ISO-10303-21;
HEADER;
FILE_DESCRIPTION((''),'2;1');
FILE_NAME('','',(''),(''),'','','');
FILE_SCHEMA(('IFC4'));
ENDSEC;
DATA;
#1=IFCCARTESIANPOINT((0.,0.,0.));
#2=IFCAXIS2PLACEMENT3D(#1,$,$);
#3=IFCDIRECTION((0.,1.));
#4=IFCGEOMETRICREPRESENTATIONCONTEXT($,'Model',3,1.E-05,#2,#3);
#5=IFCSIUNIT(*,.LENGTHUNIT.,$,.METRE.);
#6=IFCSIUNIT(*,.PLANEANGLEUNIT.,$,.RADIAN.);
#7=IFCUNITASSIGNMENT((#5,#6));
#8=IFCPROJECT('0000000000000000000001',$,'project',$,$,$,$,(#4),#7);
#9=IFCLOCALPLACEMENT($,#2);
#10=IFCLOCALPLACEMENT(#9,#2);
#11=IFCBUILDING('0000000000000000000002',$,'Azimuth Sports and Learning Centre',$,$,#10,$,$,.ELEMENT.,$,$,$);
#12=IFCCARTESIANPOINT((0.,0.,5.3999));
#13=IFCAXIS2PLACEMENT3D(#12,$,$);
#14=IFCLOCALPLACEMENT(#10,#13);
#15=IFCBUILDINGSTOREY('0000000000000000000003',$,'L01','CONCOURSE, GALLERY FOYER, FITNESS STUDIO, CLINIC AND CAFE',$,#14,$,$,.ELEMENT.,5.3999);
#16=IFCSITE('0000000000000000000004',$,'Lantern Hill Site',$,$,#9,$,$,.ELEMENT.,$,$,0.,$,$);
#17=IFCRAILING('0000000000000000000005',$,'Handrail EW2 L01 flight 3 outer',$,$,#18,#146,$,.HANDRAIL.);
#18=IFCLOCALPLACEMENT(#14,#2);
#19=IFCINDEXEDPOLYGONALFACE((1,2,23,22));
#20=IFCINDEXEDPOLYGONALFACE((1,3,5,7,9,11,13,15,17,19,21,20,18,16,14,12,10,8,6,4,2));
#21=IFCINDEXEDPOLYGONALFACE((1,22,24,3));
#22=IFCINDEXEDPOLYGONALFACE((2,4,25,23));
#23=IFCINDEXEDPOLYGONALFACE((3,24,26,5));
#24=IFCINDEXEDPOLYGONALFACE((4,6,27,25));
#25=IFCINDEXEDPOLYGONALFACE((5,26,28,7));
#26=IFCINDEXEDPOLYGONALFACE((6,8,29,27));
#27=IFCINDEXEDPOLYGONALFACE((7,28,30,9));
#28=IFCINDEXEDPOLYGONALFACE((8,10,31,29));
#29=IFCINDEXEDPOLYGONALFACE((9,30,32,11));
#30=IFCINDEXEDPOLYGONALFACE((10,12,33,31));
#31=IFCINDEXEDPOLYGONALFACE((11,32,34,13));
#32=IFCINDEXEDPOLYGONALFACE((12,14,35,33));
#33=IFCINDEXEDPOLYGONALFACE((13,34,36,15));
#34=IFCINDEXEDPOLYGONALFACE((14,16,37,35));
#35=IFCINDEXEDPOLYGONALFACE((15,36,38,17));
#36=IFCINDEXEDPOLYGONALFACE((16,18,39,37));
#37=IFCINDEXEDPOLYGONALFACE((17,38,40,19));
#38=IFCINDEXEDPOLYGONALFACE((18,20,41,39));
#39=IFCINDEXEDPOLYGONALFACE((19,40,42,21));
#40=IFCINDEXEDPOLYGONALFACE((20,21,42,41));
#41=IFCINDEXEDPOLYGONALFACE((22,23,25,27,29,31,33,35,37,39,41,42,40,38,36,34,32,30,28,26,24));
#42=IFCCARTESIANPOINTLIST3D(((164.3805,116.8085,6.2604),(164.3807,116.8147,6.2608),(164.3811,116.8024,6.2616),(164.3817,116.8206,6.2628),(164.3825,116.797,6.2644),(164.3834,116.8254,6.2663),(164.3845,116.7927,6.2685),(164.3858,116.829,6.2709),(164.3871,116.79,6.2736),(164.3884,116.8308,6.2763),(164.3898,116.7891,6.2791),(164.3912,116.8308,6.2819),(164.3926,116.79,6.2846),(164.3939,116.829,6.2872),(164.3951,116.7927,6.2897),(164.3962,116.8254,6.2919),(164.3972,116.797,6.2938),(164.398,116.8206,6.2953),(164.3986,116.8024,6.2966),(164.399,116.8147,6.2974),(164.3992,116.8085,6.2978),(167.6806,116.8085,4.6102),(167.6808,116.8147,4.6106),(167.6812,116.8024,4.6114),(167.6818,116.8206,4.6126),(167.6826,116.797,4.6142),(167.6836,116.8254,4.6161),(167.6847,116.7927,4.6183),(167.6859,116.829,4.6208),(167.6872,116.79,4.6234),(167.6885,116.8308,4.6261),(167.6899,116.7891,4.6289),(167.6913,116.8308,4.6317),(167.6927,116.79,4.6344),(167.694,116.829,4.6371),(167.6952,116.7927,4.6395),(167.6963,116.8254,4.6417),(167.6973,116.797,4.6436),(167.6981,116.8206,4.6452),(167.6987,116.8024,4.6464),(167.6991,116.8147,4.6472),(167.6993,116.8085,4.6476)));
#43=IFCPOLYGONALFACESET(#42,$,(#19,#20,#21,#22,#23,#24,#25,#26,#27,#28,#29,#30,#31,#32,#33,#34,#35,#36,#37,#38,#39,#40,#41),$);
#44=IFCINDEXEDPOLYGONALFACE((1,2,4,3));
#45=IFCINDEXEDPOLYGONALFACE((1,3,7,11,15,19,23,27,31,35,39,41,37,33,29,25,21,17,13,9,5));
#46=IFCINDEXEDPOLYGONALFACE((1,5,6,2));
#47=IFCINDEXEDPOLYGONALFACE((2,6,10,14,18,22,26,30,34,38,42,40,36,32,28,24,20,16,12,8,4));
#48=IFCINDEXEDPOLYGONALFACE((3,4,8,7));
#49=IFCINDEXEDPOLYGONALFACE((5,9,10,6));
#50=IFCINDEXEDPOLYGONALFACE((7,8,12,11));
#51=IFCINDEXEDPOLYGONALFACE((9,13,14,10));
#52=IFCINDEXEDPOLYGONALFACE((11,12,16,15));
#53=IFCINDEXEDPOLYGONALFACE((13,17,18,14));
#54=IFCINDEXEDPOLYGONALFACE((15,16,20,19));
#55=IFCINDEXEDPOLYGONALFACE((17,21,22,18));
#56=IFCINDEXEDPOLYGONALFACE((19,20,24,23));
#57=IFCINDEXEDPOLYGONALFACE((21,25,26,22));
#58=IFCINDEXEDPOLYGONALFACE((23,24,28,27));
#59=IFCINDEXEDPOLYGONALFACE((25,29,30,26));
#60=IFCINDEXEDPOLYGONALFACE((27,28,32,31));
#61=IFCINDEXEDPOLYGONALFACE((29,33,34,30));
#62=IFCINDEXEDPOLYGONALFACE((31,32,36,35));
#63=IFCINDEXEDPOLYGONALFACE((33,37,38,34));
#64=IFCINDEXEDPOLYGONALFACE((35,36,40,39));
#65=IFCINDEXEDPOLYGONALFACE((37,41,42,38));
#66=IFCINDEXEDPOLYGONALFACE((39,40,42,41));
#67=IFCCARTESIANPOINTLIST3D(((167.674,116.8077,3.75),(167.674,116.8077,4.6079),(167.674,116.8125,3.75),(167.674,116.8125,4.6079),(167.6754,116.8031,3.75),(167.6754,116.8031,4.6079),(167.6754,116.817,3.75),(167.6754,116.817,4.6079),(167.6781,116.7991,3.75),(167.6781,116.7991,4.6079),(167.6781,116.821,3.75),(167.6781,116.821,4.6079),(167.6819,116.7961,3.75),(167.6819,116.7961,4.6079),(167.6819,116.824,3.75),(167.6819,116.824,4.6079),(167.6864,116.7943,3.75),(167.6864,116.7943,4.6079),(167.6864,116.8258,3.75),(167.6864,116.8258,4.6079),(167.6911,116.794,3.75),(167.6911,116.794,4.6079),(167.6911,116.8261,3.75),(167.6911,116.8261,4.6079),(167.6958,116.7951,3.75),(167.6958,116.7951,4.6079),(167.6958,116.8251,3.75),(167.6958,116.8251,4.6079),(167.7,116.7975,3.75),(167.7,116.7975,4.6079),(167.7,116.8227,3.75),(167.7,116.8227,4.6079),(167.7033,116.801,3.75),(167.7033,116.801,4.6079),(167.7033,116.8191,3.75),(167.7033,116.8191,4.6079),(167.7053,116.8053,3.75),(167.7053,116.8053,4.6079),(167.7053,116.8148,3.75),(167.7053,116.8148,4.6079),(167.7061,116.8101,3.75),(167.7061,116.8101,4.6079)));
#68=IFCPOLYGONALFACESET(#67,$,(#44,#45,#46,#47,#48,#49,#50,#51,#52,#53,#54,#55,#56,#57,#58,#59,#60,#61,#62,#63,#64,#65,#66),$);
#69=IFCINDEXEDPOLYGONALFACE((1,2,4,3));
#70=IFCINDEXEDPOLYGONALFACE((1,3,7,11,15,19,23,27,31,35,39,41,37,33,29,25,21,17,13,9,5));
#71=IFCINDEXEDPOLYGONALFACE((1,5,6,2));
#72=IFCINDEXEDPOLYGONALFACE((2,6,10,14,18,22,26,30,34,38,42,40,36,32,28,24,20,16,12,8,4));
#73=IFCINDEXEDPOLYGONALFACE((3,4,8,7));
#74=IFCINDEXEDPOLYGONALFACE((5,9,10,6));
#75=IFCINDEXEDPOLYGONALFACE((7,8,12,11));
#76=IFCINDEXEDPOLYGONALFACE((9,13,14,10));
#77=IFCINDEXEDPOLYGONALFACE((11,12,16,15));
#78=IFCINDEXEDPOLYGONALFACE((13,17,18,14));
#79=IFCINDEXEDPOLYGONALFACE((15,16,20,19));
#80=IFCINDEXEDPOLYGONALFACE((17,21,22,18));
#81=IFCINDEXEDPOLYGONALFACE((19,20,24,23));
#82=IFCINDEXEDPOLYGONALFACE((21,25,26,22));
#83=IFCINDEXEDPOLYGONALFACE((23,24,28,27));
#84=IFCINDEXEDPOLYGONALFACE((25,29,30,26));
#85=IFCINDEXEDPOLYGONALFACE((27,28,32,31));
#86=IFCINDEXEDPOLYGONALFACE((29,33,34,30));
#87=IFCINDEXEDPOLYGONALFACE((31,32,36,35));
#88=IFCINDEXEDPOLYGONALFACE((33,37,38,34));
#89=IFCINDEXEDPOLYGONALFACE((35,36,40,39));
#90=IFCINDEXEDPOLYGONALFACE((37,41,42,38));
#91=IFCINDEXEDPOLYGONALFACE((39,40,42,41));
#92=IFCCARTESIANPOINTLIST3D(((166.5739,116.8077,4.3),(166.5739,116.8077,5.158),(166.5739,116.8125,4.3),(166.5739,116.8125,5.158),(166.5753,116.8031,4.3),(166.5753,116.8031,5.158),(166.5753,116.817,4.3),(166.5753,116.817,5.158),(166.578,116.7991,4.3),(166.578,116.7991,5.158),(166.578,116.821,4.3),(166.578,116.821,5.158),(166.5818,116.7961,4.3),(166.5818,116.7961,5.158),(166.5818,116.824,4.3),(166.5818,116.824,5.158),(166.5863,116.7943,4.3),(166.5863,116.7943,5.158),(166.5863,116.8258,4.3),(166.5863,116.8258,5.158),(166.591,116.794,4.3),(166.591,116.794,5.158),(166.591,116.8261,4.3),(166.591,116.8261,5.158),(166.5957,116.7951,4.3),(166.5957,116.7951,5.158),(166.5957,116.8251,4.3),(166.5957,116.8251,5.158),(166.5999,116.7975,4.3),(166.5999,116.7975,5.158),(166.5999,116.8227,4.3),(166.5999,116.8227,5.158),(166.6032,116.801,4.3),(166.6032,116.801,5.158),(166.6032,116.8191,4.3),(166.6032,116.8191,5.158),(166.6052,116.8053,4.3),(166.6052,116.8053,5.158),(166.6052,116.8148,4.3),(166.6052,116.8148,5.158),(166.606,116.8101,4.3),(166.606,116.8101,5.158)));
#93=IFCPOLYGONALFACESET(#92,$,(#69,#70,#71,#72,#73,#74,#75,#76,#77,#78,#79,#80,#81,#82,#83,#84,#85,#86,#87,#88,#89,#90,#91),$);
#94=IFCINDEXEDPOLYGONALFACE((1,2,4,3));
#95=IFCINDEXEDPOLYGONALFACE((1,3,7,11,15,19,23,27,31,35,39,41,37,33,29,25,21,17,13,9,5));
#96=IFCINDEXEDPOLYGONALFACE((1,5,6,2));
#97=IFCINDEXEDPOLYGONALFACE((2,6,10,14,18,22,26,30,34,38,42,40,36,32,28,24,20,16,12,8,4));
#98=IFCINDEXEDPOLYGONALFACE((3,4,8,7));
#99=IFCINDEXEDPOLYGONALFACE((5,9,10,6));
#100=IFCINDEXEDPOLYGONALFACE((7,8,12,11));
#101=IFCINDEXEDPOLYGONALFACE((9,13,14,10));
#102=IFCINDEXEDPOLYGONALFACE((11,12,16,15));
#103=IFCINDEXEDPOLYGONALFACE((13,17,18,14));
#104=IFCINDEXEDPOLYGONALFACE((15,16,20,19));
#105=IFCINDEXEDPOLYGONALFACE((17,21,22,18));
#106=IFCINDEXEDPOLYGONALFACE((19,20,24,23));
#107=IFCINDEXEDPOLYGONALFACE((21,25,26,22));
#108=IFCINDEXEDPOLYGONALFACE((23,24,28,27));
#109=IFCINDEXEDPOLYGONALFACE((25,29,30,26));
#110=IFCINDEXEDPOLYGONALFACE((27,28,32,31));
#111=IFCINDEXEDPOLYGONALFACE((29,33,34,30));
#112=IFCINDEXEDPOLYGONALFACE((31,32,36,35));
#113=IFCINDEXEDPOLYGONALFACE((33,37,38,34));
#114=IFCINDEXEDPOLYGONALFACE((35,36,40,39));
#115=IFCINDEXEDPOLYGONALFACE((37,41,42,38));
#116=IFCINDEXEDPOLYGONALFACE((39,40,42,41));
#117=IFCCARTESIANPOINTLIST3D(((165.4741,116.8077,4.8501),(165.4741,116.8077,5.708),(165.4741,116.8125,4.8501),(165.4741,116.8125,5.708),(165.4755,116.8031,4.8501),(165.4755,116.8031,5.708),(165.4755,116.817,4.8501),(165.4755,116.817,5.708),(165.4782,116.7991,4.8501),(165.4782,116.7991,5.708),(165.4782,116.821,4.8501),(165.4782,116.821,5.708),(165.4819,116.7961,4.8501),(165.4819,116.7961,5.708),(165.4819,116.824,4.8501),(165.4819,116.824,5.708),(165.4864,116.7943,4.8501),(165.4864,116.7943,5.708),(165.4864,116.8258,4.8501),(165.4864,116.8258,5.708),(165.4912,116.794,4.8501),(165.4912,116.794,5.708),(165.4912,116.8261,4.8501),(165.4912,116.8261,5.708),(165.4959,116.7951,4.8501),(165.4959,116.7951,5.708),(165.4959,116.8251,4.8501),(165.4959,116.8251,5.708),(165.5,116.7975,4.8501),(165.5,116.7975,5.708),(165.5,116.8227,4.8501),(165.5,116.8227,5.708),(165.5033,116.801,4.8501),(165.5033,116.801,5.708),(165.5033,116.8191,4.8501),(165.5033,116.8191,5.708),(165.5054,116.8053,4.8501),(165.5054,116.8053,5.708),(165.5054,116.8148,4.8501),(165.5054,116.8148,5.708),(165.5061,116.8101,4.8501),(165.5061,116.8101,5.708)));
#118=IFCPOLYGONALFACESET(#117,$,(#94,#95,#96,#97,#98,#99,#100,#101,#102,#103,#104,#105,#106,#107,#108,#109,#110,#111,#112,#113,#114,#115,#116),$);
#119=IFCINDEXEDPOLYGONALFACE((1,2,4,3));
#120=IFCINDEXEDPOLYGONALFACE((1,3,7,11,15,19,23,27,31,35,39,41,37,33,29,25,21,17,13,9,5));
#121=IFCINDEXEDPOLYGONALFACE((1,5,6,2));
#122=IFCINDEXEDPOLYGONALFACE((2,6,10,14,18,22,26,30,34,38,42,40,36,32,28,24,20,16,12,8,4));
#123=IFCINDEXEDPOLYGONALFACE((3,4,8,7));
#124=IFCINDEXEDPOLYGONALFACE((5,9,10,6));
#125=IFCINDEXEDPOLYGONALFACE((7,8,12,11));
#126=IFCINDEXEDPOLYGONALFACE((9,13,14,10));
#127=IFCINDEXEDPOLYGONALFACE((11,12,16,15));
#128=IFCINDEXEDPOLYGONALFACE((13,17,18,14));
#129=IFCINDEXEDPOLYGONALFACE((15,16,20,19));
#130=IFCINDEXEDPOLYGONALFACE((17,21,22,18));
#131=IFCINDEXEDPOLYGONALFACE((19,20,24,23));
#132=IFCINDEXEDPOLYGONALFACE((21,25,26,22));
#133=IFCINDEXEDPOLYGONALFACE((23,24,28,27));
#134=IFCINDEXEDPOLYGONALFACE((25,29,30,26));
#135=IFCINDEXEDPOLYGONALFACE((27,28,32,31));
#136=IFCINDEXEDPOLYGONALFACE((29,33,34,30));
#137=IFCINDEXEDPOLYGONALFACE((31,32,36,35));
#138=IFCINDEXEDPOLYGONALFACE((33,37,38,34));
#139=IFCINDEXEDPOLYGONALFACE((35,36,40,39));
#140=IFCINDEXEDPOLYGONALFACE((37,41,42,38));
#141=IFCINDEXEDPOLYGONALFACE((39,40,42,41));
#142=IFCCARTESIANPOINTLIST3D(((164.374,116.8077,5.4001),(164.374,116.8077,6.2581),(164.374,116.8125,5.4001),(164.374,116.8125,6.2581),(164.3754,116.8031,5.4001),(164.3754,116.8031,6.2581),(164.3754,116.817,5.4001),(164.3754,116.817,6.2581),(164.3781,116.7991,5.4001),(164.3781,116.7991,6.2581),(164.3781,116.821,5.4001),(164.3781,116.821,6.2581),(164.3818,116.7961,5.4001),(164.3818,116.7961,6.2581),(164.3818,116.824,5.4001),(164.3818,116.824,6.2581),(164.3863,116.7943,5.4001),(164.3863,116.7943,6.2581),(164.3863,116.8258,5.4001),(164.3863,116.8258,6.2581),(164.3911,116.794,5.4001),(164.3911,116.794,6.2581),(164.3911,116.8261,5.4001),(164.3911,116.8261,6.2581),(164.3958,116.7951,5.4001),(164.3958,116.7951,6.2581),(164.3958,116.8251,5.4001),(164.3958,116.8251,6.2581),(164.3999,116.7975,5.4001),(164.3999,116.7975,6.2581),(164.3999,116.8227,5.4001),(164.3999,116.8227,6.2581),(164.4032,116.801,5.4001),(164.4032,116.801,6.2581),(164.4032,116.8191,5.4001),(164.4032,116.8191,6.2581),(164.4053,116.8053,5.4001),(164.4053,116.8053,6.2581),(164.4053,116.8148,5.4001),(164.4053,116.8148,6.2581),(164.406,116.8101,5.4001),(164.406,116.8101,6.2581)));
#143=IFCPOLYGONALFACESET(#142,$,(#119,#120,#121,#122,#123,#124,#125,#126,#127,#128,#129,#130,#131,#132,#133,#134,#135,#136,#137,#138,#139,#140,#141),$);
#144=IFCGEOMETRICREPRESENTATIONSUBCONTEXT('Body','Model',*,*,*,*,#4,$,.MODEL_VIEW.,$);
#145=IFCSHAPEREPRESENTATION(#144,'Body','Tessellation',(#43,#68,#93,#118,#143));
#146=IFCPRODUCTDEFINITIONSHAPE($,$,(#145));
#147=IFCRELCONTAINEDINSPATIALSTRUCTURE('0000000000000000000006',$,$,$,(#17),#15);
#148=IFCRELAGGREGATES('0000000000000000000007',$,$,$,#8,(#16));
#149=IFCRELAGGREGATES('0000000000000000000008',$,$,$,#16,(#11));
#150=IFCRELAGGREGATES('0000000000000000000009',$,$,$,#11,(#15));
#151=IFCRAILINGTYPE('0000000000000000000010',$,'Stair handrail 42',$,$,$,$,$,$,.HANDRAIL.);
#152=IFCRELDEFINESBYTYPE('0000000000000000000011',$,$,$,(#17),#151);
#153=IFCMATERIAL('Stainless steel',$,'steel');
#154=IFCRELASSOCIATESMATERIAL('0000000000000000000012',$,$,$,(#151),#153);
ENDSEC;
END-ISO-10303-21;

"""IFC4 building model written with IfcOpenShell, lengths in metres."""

from ifc_helpers import new_model, si_unit, direction, frame, origin, origin_2d, place, context, subcontext, project, spatial, circle, extrude, material, type_object, element, save


model = new_model("IFC4")

# Units and contexts
model_context = context("Model", 3, precision=1e-05, world=origin(), true_north=direction((0.0, 1.0)))
body_context = subcontext(model_context, "Body", "Model", "MODEL_VIEW")
ifc_project = project(units=[si_unit("LENGTHUNIT", "METRE"), si_unit("PLANEANGLEUNIT", "RADIAN")], contexts=[model_context])

# Site, building, storey
site_placement = place(None, origin())
site = spatial("IfcSite", under=ifc_project, at=site_placement, Name="Lantern Hill Site", CompositionType="ELEMENT", RefElevation=0.0)
building_placement = place(site_placement, origin())
building = spatial("IfcBuilding", under=site, at=building_placement, Name="Azimuth Sports and Learning Centre", CompositionType="ELEMENT")
storey_placement = place(building_placement, frame((0.0, 0.0, 5.3999)))
storey = spatial("IfcBuildingStorey", under=building, at=storey_placement, Name="L01", Description="CONCOURSE, GALLERY FOYER, FITNESS STUDIO, CLINIC AND CAFE", CompositionType="ELEMENT", Elevation=5.3999)

# Railing
ifc_material_1 = material(Name="Stainless steel", Category="steel")
railing_type = type_object("IfcRailingType", Name="Stair handrail 42", PredefinedType="HANDRAIL", material=ifc_material_1)
railing_placement = place(storey_placement, frame((167.6899, 116.8101, 3.75)))
element("IfcRailing", 1, at=railing_placement, inside=storey, type_object=railing_type, Name="Handrail EW2 L01 flight 3 outer", PredefinedType="HANDRAIL", context=body_context, shape_type="SweptSolid", body=[
    extrude(circle(Radius=0.021, at=origin_2d()), frame((0.0, 0.0, 0.8789), z_axis=(-0.894414, 0.0, 0.44724), x_axis=(0.0, -1.0, 0.0)), (0.0, 0.0, 1.0), 3.6897),
    extrude(circle(Radius=0.0161, at=origin_2d()), origin(), (0.0, 0.0, 1.0), 0.8579),
    extrude(circle(Radius=0.0161, at=origin_2d()), frame((-1.1001, 0.0, 0.55)), (0.0, 0.0, 1.0), 0.8579),
    extrude(circle(Radius=0.0161, at=origin_2d()), frame((-2.2, 0.0, 1.1001)), (0.0, 0.0, 1.0), 0.8579),
    extrude(circle(Radius=0.0161, at=origin_2d()), frame((-3.3, 0.0, 1.6501)), (0.0, 0.0, 1.0), 0.8579),
])

save(model, "model.ifc")
